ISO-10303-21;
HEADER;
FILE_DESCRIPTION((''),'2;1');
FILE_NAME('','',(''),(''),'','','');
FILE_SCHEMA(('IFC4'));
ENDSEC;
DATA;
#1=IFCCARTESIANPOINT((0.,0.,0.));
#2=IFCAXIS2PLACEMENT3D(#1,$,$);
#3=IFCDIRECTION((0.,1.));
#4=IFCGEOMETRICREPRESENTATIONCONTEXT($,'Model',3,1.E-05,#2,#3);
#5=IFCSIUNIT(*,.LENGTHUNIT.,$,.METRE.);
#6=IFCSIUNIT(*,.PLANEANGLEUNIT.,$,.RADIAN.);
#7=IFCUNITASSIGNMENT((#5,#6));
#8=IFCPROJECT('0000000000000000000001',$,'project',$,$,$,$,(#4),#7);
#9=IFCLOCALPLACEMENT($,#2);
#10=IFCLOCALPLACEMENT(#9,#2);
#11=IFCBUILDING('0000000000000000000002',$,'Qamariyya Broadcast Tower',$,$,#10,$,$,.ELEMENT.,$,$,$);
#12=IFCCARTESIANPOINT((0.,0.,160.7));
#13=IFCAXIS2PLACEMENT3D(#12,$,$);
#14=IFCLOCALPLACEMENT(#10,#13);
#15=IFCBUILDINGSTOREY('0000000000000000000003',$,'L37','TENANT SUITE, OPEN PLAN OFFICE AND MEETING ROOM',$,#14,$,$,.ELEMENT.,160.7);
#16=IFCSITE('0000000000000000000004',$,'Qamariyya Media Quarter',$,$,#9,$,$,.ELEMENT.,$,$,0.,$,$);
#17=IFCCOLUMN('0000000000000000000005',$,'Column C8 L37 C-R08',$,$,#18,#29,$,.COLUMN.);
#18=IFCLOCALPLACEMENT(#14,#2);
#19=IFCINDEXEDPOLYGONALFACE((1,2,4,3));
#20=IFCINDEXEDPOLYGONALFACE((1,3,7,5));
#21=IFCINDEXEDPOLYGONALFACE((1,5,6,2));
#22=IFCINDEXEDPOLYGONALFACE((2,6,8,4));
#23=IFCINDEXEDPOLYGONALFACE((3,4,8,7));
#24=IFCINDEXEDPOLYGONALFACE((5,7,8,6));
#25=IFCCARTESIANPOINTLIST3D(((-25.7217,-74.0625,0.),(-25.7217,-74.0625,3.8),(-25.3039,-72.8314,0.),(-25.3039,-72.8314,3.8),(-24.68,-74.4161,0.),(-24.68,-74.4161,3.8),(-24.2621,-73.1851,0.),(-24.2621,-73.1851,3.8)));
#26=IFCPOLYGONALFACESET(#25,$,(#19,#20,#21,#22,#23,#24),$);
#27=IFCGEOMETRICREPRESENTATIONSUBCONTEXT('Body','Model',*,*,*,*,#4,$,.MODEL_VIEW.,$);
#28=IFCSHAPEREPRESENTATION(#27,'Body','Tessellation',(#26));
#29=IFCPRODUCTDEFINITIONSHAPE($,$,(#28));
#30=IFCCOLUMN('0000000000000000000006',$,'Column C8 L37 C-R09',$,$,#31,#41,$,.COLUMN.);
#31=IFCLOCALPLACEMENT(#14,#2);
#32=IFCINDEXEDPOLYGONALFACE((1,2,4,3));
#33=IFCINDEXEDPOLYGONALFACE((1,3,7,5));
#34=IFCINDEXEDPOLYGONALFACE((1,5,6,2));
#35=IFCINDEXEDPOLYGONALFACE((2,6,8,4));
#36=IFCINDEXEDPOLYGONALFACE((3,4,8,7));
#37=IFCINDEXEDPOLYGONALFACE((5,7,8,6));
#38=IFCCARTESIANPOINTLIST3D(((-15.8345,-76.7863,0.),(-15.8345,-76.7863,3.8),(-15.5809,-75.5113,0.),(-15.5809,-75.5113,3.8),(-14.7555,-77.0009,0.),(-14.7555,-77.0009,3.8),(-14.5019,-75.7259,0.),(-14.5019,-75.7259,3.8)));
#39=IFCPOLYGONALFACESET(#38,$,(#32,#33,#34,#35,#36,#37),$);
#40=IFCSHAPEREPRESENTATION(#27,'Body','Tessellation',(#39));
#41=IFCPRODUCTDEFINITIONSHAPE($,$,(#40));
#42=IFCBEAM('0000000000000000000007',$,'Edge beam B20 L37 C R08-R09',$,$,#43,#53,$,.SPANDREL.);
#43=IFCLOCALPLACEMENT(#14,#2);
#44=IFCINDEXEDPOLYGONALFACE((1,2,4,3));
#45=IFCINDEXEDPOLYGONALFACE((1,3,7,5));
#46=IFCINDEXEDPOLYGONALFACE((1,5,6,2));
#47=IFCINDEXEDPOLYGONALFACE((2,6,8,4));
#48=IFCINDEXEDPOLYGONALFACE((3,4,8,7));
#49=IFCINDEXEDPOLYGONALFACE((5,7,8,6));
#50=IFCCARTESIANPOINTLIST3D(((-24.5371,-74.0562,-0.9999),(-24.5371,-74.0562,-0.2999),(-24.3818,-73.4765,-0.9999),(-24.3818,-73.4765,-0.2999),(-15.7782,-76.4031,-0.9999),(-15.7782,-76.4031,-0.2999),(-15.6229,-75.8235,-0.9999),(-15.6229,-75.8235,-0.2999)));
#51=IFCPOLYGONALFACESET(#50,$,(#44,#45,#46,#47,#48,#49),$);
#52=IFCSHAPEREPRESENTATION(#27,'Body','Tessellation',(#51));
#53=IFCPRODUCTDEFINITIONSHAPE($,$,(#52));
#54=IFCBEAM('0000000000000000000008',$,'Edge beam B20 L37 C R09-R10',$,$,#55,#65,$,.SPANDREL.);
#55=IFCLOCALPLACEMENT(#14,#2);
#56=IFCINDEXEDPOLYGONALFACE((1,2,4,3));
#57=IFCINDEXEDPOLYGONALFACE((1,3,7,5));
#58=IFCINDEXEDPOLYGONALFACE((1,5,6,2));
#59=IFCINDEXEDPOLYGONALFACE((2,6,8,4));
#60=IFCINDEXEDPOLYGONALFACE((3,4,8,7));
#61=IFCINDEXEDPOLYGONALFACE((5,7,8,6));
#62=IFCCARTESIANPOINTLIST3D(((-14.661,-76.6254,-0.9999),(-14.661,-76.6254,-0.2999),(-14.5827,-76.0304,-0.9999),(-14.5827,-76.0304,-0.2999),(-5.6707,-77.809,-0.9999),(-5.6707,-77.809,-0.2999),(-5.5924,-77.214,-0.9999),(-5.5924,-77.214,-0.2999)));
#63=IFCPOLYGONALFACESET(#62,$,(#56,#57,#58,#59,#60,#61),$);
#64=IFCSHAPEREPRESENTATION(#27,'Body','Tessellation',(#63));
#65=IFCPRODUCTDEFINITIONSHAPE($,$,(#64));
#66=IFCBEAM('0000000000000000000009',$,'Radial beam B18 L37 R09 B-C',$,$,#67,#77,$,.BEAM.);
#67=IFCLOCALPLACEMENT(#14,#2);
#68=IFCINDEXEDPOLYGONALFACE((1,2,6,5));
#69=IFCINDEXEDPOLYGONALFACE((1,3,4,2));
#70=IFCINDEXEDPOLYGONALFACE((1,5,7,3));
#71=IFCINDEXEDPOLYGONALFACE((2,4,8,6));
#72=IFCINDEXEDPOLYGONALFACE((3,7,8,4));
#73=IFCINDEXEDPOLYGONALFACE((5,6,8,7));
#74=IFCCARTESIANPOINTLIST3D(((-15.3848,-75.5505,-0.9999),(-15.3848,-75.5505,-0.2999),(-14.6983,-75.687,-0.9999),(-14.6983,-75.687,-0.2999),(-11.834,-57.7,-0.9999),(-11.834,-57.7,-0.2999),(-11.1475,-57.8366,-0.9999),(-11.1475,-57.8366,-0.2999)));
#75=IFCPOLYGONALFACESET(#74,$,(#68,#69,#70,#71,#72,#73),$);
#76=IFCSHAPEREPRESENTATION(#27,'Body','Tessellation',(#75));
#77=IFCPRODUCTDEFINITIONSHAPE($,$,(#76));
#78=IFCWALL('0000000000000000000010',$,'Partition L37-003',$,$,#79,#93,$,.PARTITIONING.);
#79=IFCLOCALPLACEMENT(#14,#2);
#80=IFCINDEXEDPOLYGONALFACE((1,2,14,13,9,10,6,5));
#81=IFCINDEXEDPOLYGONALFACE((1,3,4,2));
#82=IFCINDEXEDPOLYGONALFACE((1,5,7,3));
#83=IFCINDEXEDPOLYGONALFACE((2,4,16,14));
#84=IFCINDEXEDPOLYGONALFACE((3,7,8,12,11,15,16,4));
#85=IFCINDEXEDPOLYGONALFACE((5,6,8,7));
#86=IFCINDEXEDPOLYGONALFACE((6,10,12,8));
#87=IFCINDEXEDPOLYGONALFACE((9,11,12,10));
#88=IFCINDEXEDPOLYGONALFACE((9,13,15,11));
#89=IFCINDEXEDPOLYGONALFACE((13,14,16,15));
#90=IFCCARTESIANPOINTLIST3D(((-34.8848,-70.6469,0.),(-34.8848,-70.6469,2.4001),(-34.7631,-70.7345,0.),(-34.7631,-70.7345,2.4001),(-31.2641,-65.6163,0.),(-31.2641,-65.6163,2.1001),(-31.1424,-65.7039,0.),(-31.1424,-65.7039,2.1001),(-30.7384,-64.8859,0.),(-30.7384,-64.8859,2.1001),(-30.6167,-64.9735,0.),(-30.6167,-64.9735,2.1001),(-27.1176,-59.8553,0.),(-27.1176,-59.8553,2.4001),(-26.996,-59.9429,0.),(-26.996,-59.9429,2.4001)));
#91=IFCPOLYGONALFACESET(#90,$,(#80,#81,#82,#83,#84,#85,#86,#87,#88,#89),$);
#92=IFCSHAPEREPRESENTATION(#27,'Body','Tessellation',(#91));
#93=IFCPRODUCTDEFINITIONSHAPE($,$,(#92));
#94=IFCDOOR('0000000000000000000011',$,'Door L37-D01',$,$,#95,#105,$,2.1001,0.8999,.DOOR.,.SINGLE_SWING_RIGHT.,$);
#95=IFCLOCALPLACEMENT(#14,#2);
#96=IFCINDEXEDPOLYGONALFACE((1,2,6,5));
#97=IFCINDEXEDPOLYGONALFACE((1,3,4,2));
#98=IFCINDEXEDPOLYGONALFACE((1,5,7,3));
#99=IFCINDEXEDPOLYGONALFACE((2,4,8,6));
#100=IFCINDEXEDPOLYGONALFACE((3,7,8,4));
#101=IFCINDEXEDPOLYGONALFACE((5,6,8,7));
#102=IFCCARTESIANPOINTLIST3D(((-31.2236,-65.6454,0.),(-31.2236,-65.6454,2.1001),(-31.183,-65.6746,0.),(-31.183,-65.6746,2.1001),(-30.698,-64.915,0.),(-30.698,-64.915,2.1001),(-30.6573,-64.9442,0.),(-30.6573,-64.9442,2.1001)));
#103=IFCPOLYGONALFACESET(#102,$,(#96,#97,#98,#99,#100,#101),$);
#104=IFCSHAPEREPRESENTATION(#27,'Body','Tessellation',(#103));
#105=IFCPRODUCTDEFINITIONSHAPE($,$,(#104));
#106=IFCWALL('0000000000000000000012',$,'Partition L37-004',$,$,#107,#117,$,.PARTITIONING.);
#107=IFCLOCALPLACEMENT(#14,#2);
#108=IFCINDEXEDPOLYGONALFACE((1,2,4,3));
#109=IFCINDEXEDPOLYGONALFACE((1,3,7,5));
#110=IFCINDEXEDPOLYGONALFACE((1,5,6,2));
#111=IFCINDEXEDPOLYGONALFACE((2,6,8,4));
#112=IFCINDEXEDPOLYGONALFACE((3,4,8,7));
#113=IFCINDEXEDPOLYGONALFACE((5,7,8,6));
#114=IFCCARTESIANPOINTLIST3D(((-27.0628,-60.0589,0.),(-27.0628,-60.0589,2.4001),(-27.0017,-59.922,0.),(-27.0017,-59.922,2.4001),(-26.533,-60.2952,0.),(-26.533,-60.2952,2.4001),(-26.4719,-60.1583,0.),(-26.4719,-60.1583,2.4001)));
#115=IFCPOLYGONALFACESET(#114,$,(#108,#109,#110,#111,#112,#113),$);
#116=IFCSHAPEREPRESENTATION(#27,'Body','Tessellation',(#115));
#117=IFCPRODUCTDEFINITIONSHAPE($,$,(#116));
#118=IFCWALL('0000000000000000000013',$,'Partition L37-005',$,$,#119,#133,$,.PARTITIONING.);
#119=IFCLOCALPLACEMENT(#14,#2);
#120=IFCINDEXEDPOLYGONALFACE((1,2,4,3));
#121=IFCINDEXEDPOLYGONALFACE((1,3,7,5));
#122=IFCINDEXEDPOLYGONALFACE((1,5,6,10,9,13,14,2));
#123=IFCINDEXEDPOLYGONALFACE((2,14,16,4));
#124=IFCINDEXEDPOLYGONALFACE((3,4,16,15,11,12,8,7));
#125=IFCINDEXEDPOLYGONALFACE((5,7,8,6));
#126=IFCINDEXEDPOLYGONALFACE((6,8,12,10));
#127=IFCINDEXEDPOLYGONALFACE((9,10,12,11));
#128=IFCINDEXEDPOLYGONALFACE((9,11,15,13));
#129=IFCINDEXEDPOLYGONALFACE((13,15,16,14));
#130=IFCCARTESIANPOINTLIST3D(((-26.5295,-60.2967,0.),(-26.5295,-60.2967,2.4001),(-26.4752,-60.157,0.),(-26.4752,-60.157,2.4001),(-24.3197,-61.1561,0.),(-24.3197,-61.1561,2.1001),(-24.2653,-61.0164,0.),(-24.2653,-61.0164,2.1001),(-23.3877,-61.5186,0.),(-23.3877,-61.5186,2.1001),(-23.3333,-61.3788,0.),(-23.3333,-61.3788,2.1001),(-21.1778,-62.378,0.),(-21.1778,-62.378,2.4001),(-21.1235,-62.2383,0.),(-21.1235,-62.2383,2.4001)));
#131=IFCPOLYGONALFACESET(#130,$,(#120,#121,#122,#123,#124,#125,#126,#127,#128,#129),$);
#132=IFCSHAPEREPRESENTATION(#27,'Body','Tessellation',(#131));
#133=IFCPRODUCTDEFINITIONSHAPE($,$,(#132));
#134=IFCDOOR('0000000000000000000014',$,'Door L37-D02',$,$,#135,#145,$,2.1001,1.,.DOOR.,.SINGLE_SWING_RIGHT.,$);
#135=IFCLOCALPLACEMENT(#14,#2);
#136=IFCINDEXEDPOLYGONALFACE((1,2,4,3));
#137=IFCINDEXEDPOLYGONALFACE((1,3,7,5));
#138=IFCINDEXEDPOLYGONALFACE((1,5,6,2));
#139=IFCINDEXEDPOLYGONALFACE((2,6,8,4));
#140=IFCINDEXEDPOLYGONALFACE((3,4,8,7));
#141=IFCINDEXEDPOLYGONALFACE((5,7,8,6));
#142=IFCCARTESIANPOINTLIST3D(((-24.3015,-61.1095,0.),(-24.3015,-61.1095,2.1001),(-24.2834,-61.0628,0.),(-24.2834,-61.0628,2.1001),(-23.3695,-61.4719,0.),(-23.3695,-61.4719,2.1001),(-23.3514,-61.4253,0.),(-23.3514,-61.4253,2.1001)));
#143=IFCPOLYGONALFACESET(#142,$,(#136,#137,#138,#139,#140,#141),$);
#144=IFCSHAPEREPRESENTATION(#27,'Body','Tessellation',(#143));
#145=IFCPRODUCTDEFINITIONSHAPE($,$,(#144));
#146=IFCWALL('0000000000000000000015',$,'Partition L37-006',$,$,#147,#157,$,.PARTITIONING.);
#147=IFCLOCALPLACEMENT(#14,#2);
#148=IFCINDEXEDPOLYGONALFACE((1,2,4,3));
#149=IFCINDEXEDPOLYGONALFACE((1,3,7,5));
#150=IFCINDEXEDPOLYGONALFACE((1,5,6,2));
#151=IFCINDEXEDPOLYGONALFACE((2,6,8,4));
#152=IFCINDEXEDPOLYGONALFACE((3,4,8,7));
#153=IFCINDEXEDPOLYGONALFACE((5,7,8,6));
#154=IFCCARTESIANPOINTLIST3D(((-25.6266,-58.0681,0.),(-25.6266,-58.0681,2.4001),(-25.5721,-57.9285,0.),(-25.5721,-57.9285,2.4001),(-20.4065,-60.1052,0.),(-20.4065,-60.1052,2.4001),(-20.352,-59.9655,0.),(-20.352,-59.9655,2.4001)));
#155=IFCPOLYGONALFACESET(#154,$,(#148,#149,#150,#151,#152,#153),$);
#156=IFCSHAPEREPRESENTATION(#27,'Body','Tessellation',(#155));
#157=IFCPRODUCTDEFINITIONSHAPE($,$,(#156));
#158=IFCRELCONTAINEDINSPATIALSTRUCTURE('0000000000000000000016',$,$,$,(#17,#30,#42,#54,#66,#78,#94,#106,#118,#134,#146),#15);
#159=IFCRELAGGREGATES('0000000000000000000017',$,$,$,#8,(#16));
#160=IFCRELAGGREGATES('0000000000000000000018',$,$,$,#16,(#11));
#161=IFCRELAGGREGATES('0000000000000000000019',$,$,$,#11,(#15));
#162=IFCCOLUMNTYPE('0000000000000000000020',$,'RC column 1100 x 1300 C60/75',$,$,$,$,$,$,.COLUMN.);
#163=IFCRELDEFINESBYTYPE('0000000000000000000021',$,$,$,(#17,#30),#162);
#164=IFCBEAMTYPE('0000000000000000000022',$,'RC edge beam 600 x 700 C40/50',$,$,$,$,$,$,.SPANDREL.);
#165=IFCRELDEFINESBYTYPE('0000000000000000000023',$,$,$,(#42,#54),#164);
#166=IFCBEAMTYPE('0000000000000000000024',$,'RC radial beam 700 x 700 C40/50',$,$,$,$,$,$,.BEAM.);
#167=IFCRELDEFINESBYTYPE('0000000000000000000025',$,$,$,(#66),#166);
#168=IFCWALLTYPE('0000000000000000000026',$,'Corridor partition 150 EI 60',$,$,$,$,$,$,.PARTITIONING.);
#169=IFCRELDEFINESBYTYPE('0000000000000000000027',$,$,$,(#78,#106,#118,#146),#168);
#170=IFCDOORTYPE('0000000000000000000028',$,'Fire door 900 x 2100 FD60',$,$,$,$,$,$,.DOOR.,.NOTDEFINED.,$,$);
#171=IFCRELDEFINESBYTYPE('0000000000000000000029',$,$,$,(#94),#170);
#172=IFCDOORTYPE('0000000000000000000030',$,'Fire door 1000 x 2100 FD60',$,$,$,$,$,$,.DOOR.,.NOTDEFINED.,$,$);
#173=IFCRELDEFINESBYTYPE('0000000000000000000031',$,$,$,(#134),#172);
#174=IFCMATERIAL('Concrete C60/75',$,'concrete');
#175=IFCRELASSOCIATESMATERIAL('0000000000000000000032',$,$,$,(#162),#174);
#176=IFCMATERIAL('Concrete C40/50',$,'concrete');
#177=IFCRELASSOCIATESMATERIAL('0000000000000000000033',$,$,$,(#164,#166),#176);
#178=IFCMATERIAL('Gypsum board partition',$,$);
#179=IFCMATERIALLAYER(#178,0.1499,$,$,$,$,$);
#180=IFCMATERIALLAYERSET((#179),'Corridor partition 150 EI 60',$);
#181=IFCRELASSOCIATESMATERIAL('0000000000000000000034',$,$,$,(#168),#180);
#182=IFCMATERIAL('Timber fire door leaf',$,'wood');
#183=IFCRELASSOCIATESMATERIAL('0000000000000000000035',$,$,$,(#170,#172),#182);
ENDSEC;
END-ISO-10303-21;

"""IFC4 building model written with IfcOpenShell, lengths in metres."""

from ifc_helpers import new_model, si_unit, direction, frame, frame_2d, origin, origin_2d, place, context, subcontext, project, spatial, rectangle, extrude, material, layer, layer_set, material_profile, profile_set, type_object, element, fill, save


model = new_model("IFC4")

# Units and contexts
model_context = context("Model", 3, precision=1e-05, world=origin(), true_north=direction((0.0, 1.0)))
body_context = subcontext(model_context, "Body", "Model", "MODEL_VIEW")
ifc_project = project(units=[si_unit("LENGTHUNIT", "METRE"), si_unit("PLANEANGLEUNIT", "RADIAN")], contexts=[model_context])

# Site, building, storey
site_placement = place(None, origin())
site = spatial("IfcSite", under=ifc_project, at=site_placement, Name="Qamariyya Media Quarter", CompositionType="ELEMENT", RefElevation=0.0)
building_placement = place(site_placement, origin())
building = spatial("IfcBuilding", under=site, at=building_placement, Name="Qamariyya Broadcast Tower", CompositionType="ELEMENT")
storey_placement = place(building_placement, frame((0.0, 0.0, 160.7)))
storey = spatial("IfcBuildingStorey", under=building, at=storey_placement, Name="L37", Description="TENANT SUITE, OPEN PLAN OFFICE AND MEETING ROOM", CompositionType="ELEMENT", Elevation=160.7)

# Columns
ifc_material_1 = material(Name="Concrete C60/75", Category="concrete")
ifc_material_profile_1 = material_profile(ifc_material_1, rectangle(XDim=1.1001, YDim=1.3, at=origin_2d()))
ifc_profile_set_1 = profile_set([ifc_material_profile_1], Name="Concrete C60/75")
column_type = type_object("IfcColumnType", Name="RC column 1100 x 1300 C60/75", PredefinedType="COLUMN", material=ifc_profile_set_1)
for number, where, z_axis, x_axis, name in (
    (1, (-24.9919, -73.6238, 0.0), (0.0, 0.0, 1.0), (0.94693, -0.321439, 0.0), "Column C8 L37 C-R08"),
    (2, (-15.1682, -76.2561, 0.0), (0.0, 0.0, 1.0), (0.980785, -0.19509, 0.0), "Column C8 L37 C-R09"),
):
    element("IfcColumn", number, at=place(storey_placement, frame(where, z_axis=z_axis, x_axis=x_axis)), inside=storey, type_object=column_type, Name=name, PredefinedType="COLUMN", context=body_context, shape_type="SweptSolid", body=[
        extrude(rectangle(XDim=1.1001, YDim=1.3, at=origin_2d()), origin(), (0.0, 0.0, 1.0), 3.8),
    ])

# Beams
ifc_material_2 = material(Name="Concrete C40/50", Category="concrete")
ifc_material_profile_2 = material_profile(ifc_material_2, rectangle(XDim=0.6001, YDim=0.7, at=origin_2d()))
ifc_profile_set_2 = profile_set([ifc_material_profile_2], Name="Concrete C40/50")
beam_type_1 = type_object("IfcBeamType", Name="RC edge beam 600 x 700 C40/50", PredefinedType="SPANDREL", material=ifc_profile_set_2)
for number, where, z_axis, x_axis, name in (
    (3, (-24.4595, -73.7664, -0.6499), (0.965925, -0.25882, 0.0), (0.25882, 0.965925, 0.0), "Edge beam B20 L37 C R08-R09"),
    (4, (-14.6218, -76.3279, -0.6499), (0.991445, -0.130527, 0.0), (0.130527, 0.991445, 0.0), "Edge beam B20 L37 C R09-R10"),
):
    element("IfcBeam", number, at=place(storey_placement, frame(where, z_axis=z_axis, x_axis=x_axis)), inside=storey, type_object=beam_type_1, Name=name, PredefinedType="SPANDREL", context=body_context, shape_type="SweptSolid", body=[
        extrude(rectangle(XDim=0.6001, YDim=0.7, at=origin_2d()), origin(), (0.0, 0.0, 1.0), 9.0679),
    ])
ifc_material_profile_3 = material_profile(ifc_material_2, rectangle(XDim=0.7, YDim=0.7, at=origin_2d()))
ifc_profile_set_3 = profile_set([ifc_material_profile_3], Name="Concrete C40/50")
beam_type_2 = type_object("IfcBeamType", Name="RC radial beam 700 x 700 C40/50", PredefinedType="BEAM", material=ifc_profile_set_3)
beam_placement = place(storey_placement, frame((-11.4907, -57.7683, -0.6499), z_axis=(-0.195097, -0.980784, 0.0), x_axis=(0.980784, -0.195097, 0.0)))
element("IfcBeam", 5, at=beam_placement, inside=storey, type_object=beam_type_2, Name="Radial beam B18 L37 R09 B-C", PredefinedType="BEAM", context=body_context, shape_type="SweptSolid", body=[
    extrude(rectangle(XDim=0.7, YDim=0.7, at=origin_2d()), origin(), (0.0, 0.0, 1.0), 18.2002),
])

# Wall, opening, door
ifc_material_3 = material(Name="Gypsum board partition")
ifc_layer_1 = layer(ifc_material_3, 0.1499)
ifc_layer_set_1 = layer_set([ifc_layer_1], Name="Corridor partition 150 EI 60")
wall_type_1 = type_object("IfcWallType", Name="Corridor partition 150 EI 60", PredefinedType="PARTITIONING", material=ifc_layer_set_1)
wall_1_placement = place(storey_placement, frame((-27.0569, -59.8992, 0.0), z_axis=(0.0, 0.0, 1.0), x_axis=(-0.584166, -0.811634, 0.0)))
wall_1 = element("IfcWall", 6, at=wall_1_placement, inside=storey, type_object=wall_type_1, Name="Partition L37-003", PredefinedType="PARTITIONING", context=body_context, shape_type="SweptSolid", body=[
    extrude(rectangle(XDim=13.2961, YDim=0.1499, at=frame_2d((6.6479, 0.0))), origin(), (0.0, 0.0, 1.0), 2.4001),
])
opening_1_placement = place(wall_1_placement, frame((6.198, 0.0, 0.0)))
opening_1 = element("IfcOpeningElement", 7, at=opening_1_placement, cuts=wall_1, PredefinedType="OPENING", context=body_context, shape_type="SweptSolid", body=[
    extrude(rectangle(XDim=0.8999, YDim=2.1001, at=frame_2d((0.45, 1.05))), frame((0.0, 0.085, 0.0), z_axis=(0.0, -1.0, 0.0), x_axis=(1.0, 0.0, 0.0)), (0.0, 0.0, 1.0), 0.1699),
])
ifc_material_4 = material(Name="Timber fire door leaf", Category="wood")
door_type_1 = type_object("IfcDoorType", Name="Fire door 900 x 2100 FD60", OperationType="NOTDEFINED", PredefinedType="DOOR", material=ifc_material_4)
door_1_placement = place(opening_1_placement, origin())
door_1 = element("IfcDoor", 8, at=door_1_placement, inside=storey, type_object=door_type_1, Name="Door L37-D01", OperationType="SINGLE_SWING_RIGHT", OverallHeight=2.1001, OverallWidth=0.8999, PredefinedType="DOOR", context=body_context, shape_type="SweptSolid", body=[
    extrude(rectangle(XDim=0.8999, YDim=2.1001, at=frame_2d((0.45, 1.05))), frame((0.0, 0.0249, 0.0), z_axis=(0.0, -1.0, 0.0), x_axis=(1.0, 0.0, 0.0)), (0.0, 0.0, 1.0), 0.05),
])
fill(opening_1, door_1)

# Wall
wall_2_placement = place(storey_placement, frame((-27.0322, -59.9905, 0.0), z_axis=(0.0, 0.0, 1.0), x_axis=(0.913255, -0.407388, 0.0)))
element("IfcWall", 9, at=wall_2_placement, inside=storey, type_object=wall_type_1, Name="Partition L37-004", PredefinedType="PARTITIONING", context=body_context, shape_type="SweptSolid", body=[
    extrude(rectangle(XDim=0.5801, YDim=0.1499, at=frame_2d((0.29, 0.0))), origin(), (0.0, 0.0, 1.0), 2.4001),
])

# Wall, opening, door
wall_3_placement = place(storey_placement, frame((-21.1506, -62.3081, 0.0), z_axis=(0.0, 0.0, 1.0), x_axis=(-0.932002, 0.362452, 0.0)))
wall_3 = element("IfcWall", 10, at=wall_3_placement, inside=storey, type_object=wall_type_1, Name="Partition L37-005", PredefinedType="PARTITIONING", context=body_context, shape_type="SweptSolid", body=[
    extrude(rectangle(XDim=5.7422, YDim=0.1499, at=frame_2d((2.8711, 0.0))), origin(), (0.0, 0.0, 1.0), 2.4001),
])
opening_2_placement = place(wall_3_placement, frame((2.3711, 0.0, 0.0)))
opening_2 = element("IfcOpeningElement", 11, at=opening_2_placement, cuts=wall_3, PredefinedType="OPENING", context=body_context, shape_type="SweptSolid", body=[
    extrude(rectangle(XDim=1.0, YDim=2.1001, at=frame_2d((0.5, 1.05))), frame((0.0, 0.085, 0.0), z_axis=(0.0, -1.0, 0.0), x_axis=(1.0, 0.0, 0.0)), (0.0, 0.0, 1.0), 0.1699),
])
door_type_2 = type_object("IfcDoorType", Name="Fire door 1000 x 2100 FD60", OperationType="NOTDEFINED", PredefinedType="DOOR", material=ifc_material_4)
door_2_placement = place(opening_2_placement, origin())
door_2 = element("IfcDoor", 12, at=door_2_placement, inside=storey, type_object=door_type_2, Name="Door L37-D02", OperationType="SINGLE_SWING_RIGHT", OverallHeight=2.1001, OverallWidth=1.0, PredefinedType="DOOR", context=body_context, shape_type="SweptSolid", body=[
    extrude(rectangle(XDim=1.0, YDim=2.1001, at=frame_2d((0.5, 1.05))), frame((0.0, 0.0249, 0.0), z_axis=(0.0, -1.0, 0.0), x_axis=(1.0, 0.0, 0.0)), (0.0, 0.0, 1.0), 0.05),
])
fill(opening_2, door_2)

# Wall
wall_4_placement = place(storey_placement, frame((-25.5994, -57.9983, 0.0), z_axis=(0.0, 0.0, 1.0), x_axis=(0.93158, -0.363535, 0.0)))
element("IfcWall", 13, at=wall_4_placement, inside=storey, type_object=wall_type_1, Name="Partition L37-006", PredefinedType="PARTITIONING", context=body_context, shape_type="SweptSolid", body=[
    extrude(rectangle(XDim=5.6035, YDim=0.1499, at=frame_2d((2.8018, 0.0))), origin(), (0.0, 0.0, 1.0), 2.4001),
])

save(model, "model.ifc")
